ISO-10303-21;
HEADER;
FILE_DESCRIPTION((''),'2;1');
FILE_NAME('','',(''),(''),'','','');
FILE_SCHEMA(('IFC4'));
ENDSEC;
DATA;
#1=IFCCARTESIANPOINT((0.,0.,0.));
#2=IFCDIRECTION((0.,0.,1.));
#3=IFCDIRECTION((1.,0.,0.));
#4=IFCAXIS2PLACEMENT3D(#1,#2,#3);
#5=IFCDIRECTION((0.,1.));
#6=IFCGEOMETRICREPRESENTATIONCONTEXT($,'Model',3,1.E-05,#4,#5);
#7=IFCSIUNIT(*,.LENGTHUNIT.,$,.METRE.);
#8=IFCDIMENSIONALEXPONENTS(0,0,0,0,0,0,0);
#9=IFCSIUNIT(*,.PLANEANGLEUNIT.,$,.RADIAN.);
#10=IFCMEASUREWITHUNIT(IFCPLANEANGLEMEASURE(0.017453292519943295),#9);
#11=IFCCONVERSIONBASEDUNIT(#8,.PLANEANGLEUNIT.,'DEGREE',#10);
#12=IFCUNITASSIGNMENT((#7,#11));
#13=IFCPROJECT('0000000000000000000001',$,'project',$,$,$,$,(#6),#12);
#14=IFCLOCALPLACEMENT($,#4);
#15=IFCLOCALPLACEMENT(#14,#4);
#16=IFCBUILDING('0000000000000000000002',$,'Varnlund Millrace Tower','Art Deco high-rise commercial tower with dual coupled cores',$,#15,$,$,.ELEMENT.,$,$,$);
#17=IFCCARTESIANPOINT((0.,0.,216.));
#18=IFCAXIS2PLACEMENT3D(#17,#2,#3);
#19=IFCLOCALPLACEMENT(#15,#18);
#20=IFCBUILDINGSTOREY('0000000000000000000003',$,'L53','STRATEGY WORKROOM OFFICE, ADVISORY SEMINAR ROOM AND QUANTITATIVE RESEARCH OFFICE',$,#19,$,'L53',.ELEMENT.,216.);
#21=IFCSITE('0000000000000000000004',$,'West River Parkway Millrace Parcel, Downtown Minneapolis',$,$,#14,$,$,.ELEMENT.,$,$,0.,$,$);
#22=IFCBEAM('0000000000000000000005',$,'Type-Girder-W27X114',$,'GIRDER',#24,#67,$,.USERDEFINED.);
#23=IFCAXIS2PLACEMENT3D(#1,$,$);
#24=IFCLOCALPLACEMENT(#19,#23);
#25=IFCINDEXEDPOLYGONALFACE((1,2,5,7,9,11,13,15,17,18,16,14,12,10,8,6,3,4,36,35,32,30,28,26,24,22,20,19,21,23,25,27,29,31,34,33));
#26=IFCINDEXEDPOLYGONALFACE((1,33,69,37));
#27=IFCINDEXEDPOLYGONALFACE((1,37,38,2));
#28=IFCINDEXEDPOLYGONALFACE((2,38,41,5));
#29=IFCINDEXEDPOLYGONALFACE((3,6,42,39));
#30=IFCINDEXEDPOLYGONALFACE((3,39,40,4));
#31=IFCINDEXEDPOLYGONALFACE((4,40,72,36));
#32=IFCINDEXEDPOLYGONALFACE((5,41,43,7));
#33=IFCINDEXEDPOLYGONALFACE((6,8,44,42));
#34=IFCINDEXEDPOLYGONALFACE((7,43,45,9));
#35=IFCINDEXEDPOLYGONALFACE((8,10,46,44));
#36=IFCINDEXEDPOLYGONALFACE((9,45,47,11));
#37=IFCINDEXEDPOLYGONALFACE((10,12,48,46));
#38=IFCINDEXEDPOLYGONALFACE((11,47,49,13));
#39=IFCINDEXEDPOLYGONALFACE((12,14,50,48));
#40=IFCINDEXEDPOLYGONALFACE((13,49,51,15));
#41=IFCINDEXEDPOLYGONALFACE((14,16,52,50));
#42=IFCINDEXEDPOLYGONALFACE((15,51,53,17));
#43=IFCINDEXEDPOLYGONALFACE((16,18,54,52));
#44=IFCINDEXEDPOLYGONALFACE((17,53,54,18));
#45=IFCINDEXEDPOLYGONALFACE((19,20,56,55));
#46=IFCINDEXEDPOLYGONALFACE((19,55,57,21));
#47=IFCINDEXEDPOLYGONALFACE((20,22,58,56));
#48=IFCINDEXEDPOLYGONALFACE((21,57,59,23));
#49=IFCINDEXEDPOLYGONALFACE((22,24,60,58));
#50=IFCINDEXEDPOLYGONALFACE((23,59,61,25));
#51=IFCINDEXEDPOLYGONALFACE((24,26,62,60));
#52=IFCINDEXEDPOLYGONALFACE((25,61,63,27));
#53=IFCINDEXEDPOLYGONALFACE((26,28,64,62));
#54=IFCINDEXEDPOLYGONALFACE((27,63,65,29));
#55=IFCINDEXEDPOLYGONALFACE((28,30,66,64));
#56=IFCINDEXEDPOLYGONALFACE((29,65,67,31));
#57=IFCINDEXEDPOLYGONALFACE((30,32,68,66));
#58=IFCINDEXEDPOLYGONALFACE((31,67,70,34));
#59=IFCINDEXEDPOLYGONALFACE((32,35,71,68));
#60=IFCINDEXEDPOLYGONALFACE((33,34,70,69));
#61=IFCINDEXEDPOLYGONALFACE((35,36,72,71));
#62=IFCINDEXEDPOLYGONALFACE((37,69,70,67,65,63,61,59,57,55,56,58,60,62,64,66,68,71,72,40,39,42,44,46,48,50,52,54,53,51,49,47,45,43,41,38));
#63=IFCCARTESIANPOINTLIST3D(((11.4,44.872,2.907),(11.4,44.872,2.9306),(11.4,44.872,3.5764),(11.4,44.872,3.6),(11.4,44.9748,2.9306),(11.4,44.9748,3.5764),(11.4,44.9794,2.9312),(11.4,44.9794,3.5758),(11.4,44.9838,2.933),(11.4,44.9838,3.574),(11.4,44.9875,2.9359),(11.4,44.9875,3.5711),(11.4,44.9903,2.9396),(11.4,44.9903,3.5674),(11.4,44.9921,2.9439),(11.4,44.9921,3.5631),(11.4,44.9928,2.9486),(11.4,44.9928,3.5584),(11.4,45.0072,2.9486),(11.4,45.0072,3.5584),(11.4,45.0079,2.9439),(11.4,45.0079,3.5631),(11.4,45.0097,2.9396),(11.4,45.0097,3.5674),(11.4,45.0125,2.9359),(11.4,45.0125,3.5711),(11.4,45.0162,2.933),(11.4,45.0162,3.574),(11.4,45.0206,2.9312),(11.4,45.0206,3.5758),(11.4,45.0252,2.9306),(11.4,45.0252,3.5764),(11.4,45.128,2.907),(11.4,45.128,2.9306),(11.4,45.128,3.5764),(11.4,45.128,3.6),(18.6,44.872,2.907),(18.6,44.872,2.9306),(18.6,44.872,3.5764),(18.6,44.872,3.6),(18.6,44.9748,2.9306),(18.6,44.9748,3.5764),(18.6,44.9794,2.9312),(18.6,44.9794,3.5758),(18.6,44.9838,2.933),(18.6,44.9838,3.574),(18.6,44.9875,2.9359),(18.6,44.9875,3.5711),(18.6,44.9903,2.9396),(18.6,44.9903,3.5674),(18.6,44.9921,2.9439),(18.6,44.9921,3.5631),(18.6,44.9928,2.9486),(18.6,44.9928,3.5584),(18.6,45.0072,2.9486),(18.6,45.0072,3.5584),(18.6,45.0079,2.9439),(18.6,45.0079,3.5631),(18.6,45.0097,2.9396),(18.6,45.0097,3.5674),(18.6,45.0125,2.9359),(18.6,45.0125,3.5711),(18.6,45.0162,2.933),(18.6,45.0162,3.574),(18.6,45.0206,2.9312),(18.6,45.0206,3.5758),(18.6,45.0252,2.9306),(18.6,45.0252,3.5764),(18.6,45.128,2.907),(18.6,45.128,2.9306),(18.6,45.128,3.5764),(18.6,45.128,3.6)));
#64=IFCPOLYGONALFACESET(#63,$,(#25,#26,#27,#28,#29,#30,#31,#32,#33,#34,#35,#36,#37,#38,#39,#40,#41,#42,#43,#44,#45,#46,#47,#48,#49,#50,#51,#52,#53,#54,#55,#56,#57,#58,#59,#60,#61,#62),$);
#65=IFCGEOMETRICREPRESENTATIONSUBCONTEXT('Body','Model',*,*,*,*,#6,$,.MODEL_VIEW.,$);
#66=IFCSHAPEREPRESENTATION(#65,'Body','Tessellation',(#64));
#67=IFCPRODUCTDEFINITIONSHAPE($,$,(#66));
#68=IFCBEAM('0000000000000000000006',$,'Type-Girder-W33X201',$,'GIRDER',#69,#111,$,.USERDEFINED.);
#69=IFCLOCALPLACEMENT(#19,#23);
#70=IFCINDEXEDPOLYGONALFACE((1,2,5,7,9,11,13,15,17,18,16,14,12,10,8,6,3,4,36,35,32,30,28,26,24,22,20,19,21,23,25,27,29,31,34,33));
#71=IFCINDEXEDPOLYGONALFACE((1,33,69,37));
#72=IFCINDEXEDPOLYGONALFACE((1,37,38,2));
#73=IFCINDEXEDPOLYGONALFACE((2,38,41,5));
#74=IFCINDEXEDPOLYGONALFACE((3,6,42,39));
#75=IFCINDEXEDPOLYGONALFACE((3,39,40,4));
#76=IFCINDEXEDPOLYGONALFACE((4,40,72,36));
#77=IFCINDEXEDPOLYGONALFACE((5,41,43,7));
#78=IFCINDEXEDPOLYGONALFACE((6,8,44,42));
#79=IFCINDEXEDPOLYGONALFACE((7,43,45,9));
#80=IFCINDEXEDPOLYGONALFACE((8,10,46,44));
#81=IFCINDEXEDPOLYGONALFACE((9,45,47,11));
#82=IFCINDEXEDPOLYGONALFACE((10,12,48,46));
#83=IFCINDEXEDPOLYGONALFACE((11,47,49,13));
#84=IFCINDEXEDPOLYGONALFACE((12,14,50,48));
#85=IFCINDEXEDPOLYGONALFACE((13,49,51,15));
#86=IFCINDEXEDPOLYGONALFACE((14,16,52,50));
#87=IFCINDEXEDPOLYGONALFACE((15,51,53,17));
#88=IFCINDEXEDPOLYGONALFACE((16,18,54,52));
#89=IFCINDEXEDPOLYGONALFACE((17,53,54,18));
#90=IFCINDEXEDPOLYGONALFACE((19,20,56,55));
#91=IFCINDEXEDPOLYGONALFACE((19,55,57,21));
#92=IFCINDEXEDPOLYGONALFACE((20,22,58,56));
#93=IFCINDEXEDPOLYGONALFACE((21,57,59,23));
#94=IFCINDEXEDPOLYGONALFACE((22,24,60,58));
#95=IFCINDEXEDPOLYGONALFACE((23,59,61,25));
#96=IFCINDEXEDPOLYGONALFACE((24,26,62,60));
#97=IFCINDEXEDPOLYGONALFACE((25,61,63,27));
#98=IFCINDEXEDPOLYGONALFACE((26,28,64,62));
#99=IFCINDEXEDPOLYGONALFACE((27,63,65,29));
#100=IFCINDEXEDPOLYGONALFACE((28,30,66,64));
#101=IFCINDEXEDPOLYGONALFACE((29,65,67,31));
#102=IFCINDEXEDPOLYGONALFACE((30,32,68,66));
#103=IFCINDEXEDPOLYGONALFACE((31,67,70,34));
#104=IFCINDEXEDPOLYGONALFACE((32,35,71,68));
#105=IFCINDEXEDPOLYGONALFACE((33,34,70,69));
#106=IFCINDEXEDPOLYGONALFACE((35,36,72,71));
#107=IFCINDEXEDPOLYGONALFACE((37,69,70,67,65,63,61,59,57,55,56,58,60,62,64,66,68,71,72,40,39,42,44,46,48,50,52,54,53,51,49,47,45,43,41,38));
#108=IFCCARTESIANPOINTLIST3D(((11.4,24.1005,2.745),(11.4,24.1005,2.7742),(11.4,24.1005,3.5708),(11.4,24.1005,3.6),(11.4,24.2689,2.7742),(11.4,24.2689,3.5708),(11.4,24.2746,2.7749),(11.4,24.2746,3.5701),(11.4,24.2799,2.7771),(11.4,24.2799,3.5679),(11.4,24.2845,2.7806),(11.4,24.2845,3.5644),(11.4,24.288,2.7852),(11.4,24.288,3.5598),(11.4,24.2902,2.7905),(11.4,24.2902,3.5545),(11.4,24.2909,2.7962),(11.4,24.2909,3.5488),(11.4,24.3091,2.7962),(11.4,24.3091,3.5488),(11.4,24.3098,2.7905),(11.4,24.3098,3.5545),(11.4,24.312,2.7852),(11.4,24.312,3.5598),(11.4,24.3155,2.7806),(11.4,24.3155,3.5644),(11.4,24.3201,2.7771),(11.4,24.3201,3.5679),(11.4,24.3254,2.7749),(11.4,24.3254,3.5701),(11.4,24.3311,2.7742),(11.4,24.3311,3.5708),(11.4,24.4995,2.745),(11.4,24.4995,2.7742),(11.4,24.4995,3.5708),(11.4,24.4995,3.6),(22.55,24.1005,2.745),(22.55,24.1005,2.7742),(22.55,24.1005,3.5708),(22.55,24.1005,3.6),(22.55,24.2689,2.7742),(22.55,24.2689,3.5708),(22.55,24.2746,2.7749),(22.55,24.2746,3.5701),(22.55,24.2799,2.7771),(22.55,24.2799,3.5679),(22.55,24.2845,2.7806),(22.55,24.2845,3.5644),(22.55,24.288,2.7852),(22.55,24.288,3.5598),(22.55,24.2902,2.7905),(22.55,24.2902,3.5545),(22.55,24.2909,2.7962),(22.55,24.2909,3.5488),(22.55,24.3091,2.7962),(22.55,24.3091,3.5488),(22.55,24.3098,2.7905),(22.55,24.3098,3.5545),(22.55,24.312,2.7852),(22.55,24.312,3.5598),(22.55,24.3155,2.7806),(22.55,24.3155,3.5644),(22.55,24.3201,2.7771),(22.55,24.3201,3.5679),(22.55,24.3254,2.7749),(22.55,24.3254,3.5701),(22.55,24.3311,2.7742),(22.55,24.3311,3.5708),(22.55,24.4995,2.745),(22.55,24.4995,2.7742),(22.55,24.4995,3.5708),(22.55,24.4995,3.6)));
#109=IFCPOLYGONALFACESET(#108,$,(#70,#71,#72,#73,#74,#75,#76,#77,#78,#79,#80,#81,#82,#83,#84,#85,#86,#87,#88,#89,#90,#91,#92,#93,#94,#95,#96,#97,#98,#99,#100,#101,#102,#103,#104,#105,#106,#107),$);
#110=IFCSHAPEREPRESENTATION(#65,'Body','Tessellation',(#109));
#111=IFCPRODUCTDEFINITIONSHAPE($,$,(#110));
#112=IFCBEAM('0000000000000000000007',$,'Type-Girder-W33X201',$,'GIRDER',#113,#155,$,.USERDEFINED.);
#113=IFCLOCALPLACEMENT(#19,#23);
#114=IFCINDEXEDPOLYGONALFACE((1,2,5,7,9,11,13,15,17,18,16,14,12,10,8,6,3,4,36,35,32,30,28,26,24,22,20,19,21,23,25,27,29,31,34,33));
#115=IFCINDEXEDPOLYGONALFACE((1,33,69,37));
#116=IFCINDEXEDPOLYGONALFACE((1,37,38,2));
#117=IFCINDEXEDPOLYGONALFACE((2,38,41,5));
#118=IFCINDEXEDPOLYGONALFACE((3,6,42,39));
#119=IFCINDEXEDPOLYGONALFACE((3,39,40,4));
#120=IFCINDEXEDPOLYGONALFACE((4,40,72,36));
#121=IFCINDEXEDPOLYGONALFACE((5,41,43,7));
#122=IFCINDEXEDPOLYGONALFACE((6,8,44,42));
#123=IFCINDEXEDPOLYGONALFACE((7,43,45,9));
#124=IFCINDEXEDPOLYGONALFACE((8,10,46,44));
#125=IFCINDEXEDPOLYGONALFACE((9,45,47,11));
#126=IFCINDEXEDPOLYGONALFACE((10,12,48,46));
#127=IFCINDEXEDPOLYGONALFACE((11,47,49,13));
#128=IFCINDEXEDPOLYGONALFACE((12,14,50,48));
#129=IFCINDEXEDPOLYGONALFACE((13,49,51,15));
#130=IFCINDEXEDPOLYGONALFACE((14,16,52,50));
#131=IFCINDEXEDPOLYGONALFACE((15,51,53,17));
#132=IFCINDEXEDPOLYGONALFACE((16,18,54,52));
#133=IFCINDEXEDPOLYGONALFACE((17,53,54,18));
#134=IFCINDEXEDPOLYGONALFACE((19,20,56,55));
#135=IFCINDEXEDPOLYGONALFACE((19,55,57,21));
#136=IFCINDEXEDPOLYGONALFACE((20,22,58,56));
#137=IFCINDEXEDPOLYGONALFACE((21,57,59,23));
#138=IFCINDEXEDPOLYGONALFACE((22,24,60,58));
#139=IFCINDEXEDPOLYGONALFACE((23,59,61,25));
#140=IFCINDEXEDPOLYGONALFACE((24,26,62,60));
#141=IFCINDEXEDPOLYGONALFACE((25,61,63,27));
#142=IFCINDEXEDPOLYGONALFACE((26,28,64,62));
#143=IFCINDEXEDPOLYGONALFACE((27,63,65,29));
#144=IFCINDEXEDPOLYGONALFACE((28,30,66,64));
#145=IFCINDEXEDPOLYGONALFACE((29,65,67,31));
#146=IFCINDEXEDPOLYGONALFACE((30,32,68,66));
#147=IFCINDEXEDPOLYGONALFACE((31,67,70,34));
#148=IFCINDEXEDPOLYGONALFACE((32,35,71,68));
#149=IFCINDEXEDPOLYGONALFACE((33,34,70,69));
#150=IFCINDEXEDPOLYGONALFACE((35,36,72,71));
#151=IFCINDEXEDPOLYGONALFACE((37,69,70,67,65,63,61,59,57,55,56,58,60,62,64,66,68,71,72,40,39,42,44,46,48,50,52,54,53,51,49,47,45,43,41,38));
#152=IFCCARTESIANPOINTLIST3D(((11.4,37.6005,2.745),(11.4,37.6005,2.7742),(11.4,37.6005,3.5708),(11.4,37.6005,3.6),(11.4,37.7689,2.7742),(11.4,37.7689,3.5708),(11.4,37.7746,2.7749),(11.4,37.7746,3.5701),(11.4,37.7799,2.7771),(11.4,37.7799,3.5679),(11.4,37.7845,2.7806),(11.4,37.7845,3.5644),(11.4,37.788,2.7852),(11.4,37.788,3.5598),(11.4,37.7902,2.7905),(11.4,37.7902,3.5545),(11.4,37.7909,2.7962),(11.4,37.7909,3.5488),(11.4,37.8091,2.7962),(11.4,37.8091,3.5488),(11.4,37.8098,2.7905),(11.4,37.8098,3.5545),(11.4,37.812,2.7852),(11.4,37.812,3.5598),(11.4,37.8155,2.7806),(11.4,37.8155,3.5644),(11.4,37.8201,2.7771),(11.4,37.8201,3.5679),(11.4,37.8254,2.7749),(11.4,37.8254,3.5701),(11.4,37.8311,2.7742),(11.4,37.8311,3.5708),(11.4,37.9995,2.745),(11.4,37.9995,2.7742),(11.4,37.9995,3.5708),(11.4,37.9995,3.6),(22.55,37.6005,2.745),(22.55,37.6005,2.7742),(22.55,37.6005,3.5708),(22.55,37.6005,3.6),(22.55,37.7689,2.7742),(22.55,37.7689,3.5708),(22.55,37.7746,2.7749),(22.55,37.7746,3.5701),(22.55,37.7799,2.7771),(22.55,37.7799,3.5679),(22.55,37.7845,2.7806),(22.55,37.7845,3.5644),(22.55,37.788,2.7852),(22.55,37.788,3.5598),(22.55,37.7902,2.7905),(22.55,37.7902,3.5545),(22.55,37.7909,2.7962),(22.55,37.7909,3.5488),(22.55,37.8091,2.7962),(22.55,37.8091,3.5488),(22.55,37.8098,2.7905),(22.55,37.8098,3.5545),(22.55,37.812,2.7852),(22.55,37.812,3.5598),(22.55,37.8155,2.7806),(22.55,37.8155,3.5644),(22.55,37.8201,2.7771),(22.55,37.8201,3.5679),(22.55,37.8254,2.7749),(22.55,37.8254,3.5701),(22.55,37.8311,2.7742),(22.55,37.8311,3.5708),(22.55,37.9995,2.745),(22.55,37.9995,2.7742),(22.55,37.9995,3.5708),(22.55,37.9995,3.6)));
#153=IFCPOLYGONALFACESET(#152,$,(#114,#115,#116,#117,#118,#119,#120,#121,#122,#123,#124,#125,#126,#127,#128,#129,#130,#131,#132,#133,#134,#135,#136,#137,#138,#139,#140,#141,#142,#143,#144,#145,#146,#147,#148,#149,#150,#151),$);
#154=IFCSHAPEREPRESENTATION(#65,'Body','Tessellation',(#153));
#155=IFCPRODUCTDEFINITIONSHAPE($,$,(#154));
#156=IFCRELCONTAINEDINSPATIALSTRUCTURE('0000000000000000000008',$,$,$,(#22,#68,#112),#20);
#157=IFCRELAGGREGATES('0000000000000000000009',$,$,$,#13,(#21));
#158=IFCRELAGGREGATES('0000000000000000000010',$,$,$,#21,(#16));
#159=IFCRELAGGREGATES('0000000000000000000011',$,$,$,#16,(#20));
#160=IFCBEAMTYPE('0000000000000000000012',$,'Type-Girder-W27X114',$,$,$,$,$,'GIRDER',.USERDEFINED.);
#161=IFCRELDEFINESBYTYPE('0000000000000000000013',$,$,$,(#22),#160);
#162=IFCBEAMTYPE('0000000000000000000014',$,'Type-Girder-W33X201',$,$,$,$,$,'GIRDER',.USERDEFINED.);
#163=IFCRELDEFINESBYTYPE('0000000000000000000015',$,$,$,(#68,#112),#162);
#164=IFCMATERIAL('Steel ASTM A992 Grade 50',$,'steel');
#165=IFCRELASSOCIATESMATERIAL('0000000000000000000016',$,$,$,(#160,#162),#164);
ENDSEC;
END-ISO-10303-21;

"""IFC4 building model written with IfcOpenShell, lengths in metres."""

from ifc_helpers import new_model, entity, si_unit, converted_unit, direction, frame, origin_with_axes, origin_2d_with_axis, place, context, subcontext, project, spatial, i_section, extrude, material, material_profile, profile_set, type_object, element, save


model = new_model("IFC4")

# Units and contexts
model_context = context("Model", 3, precision=1e-05, world=origin_with_axes(), true_north=direction((0.0, 1.0)))
body_context = subcontext(model_context, "Body", "Model", "MODEL_VIEW")
ifc_project = project(units=[si_unit("LENGTHUNIT", "METRE"), converted_unit("PLANEANGLEUNIT", "DEGREE", entity("IfcPlaneAngleMeasure", 0.017453292519943295), si_unit("PLANEANGLEUNIT", "RADIAN"), dimensions=[0, 0, 0, 0, 0, 0, 0])], contexts=[model_context])

# Site, building, storey
site_placement = place(None, origin_with_axes())
site = spatial("IfcSite", under=ifc_project, at=site_placement, Name="West River Parkway Millrace Parcel, Downtown Minneapolis", CompositionType="ELEMENT", RefElevation=0.0)
building_placement = place(site_placement, origin_with_axes())
building = spatial("IfcBuilding", under=site, at=building_placement, Name="Varnlund Millrace Tower", Description="Art Deco high-rise commercial tower with dual coupled cores", CompositionType="ELEMENT")
storey_placement = place(building_placement, frame((0.0, 0.0, 216.0), z_axis=(0.0, 0.0, 1.0), x_axis=(1.0, 0.0, 0.0)))
storey = spatial("IfcBuildingStorey", under=building, at=storey_placement, Name="L53", Description="STRATEGY WORKROOM OFFICE, ADVISORY SEMINAR ROOM AND QUANTITATIVE RESEARCH OFFICE", LongName="L53", CompositionType="ELEMENT", Elevation=216.0)

# Beams
ifc_material_1 = material(Name="Steel ASTM A992 Grade 50", Category="steel")
ifc_material_profile_1 = material_profile(ifc_material_1, i_section(OverallWidth=0.256, OverallDepth=0.693, WebThickness=0.0145, FlangeThickness=0.0236, FilletRadius=0.018, at=origin_2d_with_axis()), Name="Steel ASTM A992 Grade 50")
ifc_profile_set_1 = profile_set([ifc_material_profile_1], Name="Steel ASTM A992 Grade 50")
beam_type_1 = type_object("IfcBeamType", Name="Type-Girder-W27X114", ElementType="GIRDER", PredefinedType="USERDEFINED", material=ifc_profile_set_1)
beam_1_placement = place(storey_placement, frame((11.4, 45.0, 3.2535), z_axis=(1.0, 0.0, 0.0), x_axis=(0.0, 1.0, 0.0)))
element("IfcBeam", 1, at=beam_1_placement, inside=storey, type_object=beam_type_1, Name="Type-Girder-W27X114", ObjectType="GIRDER", PredefinedType="USERDEFINED", context=body_context, shape_type="SweptSolid", body=[
    extrude(i_section(OverallWidth=0.256, OverallDepth=0.693, WebThickness=0.0145, FlangeThickness=0.0236, FilletRadius=0.018, at=origin_2d_with_axis()), origin_with_axes(), (0.0, 0.0, 1.0), 7.2),
])
ifc_material_profile_2 = material_profile(ifc_material_1, i_section(OverallWidth=0.399, OverallDepth=0.855, WebThickness=0.0182, FlangeThickness=0.0292, FilletRadius=0.022, at=origin_2d_with_axis()), Name="Steel ASTM A992 Grade 50")
ifc_profile_set_2 = profile_set([ifc_material_profile_2], Name="Steel ASTM A992 Grade 50")
beam_type_2 = type_object("IfcBeamType", Name="Type-Girder-W33X201", ElementType="GIRDER", PredefinedType="USERDEFINED", material=ifc_profile_set_2)
for number, where, z_axis, x_axis, name in (
    (2, (11.4, 24.3, 3.1725), (1.0, 0.0, 0.0), (0.0, 1.0, 0.0), "Type-Girder-W33X201"),
    (3, (11.4, 37.8, 3.1725), (1.0, 0.0, 0.0), (0.0, 1.0, 0.0), "Type-Girder-W33X201"),
):
    element("IfcBeam", number, at=place(storey_placement, frame(where, z_axis=z_axis, x_axis=x_axis)), inside=storey, type_object=beam_type_2, Name=name, ObjectType="GIRDER", PredefinedType="USERDEFINED", context=body_context, shape_type="SweptSolid", body=[
        extrude(i_section(OverallWidth=0.399, OverallDepth=0.855, WebThickness=0.0182, FlangeThickness=0.0292, FilletRadius=0.022, at=origin_2d_with_axis()), origin_with_axes(), (0.0, 0.0, 1.0), 11.15),
    ])

save(model, "model.ifc")
